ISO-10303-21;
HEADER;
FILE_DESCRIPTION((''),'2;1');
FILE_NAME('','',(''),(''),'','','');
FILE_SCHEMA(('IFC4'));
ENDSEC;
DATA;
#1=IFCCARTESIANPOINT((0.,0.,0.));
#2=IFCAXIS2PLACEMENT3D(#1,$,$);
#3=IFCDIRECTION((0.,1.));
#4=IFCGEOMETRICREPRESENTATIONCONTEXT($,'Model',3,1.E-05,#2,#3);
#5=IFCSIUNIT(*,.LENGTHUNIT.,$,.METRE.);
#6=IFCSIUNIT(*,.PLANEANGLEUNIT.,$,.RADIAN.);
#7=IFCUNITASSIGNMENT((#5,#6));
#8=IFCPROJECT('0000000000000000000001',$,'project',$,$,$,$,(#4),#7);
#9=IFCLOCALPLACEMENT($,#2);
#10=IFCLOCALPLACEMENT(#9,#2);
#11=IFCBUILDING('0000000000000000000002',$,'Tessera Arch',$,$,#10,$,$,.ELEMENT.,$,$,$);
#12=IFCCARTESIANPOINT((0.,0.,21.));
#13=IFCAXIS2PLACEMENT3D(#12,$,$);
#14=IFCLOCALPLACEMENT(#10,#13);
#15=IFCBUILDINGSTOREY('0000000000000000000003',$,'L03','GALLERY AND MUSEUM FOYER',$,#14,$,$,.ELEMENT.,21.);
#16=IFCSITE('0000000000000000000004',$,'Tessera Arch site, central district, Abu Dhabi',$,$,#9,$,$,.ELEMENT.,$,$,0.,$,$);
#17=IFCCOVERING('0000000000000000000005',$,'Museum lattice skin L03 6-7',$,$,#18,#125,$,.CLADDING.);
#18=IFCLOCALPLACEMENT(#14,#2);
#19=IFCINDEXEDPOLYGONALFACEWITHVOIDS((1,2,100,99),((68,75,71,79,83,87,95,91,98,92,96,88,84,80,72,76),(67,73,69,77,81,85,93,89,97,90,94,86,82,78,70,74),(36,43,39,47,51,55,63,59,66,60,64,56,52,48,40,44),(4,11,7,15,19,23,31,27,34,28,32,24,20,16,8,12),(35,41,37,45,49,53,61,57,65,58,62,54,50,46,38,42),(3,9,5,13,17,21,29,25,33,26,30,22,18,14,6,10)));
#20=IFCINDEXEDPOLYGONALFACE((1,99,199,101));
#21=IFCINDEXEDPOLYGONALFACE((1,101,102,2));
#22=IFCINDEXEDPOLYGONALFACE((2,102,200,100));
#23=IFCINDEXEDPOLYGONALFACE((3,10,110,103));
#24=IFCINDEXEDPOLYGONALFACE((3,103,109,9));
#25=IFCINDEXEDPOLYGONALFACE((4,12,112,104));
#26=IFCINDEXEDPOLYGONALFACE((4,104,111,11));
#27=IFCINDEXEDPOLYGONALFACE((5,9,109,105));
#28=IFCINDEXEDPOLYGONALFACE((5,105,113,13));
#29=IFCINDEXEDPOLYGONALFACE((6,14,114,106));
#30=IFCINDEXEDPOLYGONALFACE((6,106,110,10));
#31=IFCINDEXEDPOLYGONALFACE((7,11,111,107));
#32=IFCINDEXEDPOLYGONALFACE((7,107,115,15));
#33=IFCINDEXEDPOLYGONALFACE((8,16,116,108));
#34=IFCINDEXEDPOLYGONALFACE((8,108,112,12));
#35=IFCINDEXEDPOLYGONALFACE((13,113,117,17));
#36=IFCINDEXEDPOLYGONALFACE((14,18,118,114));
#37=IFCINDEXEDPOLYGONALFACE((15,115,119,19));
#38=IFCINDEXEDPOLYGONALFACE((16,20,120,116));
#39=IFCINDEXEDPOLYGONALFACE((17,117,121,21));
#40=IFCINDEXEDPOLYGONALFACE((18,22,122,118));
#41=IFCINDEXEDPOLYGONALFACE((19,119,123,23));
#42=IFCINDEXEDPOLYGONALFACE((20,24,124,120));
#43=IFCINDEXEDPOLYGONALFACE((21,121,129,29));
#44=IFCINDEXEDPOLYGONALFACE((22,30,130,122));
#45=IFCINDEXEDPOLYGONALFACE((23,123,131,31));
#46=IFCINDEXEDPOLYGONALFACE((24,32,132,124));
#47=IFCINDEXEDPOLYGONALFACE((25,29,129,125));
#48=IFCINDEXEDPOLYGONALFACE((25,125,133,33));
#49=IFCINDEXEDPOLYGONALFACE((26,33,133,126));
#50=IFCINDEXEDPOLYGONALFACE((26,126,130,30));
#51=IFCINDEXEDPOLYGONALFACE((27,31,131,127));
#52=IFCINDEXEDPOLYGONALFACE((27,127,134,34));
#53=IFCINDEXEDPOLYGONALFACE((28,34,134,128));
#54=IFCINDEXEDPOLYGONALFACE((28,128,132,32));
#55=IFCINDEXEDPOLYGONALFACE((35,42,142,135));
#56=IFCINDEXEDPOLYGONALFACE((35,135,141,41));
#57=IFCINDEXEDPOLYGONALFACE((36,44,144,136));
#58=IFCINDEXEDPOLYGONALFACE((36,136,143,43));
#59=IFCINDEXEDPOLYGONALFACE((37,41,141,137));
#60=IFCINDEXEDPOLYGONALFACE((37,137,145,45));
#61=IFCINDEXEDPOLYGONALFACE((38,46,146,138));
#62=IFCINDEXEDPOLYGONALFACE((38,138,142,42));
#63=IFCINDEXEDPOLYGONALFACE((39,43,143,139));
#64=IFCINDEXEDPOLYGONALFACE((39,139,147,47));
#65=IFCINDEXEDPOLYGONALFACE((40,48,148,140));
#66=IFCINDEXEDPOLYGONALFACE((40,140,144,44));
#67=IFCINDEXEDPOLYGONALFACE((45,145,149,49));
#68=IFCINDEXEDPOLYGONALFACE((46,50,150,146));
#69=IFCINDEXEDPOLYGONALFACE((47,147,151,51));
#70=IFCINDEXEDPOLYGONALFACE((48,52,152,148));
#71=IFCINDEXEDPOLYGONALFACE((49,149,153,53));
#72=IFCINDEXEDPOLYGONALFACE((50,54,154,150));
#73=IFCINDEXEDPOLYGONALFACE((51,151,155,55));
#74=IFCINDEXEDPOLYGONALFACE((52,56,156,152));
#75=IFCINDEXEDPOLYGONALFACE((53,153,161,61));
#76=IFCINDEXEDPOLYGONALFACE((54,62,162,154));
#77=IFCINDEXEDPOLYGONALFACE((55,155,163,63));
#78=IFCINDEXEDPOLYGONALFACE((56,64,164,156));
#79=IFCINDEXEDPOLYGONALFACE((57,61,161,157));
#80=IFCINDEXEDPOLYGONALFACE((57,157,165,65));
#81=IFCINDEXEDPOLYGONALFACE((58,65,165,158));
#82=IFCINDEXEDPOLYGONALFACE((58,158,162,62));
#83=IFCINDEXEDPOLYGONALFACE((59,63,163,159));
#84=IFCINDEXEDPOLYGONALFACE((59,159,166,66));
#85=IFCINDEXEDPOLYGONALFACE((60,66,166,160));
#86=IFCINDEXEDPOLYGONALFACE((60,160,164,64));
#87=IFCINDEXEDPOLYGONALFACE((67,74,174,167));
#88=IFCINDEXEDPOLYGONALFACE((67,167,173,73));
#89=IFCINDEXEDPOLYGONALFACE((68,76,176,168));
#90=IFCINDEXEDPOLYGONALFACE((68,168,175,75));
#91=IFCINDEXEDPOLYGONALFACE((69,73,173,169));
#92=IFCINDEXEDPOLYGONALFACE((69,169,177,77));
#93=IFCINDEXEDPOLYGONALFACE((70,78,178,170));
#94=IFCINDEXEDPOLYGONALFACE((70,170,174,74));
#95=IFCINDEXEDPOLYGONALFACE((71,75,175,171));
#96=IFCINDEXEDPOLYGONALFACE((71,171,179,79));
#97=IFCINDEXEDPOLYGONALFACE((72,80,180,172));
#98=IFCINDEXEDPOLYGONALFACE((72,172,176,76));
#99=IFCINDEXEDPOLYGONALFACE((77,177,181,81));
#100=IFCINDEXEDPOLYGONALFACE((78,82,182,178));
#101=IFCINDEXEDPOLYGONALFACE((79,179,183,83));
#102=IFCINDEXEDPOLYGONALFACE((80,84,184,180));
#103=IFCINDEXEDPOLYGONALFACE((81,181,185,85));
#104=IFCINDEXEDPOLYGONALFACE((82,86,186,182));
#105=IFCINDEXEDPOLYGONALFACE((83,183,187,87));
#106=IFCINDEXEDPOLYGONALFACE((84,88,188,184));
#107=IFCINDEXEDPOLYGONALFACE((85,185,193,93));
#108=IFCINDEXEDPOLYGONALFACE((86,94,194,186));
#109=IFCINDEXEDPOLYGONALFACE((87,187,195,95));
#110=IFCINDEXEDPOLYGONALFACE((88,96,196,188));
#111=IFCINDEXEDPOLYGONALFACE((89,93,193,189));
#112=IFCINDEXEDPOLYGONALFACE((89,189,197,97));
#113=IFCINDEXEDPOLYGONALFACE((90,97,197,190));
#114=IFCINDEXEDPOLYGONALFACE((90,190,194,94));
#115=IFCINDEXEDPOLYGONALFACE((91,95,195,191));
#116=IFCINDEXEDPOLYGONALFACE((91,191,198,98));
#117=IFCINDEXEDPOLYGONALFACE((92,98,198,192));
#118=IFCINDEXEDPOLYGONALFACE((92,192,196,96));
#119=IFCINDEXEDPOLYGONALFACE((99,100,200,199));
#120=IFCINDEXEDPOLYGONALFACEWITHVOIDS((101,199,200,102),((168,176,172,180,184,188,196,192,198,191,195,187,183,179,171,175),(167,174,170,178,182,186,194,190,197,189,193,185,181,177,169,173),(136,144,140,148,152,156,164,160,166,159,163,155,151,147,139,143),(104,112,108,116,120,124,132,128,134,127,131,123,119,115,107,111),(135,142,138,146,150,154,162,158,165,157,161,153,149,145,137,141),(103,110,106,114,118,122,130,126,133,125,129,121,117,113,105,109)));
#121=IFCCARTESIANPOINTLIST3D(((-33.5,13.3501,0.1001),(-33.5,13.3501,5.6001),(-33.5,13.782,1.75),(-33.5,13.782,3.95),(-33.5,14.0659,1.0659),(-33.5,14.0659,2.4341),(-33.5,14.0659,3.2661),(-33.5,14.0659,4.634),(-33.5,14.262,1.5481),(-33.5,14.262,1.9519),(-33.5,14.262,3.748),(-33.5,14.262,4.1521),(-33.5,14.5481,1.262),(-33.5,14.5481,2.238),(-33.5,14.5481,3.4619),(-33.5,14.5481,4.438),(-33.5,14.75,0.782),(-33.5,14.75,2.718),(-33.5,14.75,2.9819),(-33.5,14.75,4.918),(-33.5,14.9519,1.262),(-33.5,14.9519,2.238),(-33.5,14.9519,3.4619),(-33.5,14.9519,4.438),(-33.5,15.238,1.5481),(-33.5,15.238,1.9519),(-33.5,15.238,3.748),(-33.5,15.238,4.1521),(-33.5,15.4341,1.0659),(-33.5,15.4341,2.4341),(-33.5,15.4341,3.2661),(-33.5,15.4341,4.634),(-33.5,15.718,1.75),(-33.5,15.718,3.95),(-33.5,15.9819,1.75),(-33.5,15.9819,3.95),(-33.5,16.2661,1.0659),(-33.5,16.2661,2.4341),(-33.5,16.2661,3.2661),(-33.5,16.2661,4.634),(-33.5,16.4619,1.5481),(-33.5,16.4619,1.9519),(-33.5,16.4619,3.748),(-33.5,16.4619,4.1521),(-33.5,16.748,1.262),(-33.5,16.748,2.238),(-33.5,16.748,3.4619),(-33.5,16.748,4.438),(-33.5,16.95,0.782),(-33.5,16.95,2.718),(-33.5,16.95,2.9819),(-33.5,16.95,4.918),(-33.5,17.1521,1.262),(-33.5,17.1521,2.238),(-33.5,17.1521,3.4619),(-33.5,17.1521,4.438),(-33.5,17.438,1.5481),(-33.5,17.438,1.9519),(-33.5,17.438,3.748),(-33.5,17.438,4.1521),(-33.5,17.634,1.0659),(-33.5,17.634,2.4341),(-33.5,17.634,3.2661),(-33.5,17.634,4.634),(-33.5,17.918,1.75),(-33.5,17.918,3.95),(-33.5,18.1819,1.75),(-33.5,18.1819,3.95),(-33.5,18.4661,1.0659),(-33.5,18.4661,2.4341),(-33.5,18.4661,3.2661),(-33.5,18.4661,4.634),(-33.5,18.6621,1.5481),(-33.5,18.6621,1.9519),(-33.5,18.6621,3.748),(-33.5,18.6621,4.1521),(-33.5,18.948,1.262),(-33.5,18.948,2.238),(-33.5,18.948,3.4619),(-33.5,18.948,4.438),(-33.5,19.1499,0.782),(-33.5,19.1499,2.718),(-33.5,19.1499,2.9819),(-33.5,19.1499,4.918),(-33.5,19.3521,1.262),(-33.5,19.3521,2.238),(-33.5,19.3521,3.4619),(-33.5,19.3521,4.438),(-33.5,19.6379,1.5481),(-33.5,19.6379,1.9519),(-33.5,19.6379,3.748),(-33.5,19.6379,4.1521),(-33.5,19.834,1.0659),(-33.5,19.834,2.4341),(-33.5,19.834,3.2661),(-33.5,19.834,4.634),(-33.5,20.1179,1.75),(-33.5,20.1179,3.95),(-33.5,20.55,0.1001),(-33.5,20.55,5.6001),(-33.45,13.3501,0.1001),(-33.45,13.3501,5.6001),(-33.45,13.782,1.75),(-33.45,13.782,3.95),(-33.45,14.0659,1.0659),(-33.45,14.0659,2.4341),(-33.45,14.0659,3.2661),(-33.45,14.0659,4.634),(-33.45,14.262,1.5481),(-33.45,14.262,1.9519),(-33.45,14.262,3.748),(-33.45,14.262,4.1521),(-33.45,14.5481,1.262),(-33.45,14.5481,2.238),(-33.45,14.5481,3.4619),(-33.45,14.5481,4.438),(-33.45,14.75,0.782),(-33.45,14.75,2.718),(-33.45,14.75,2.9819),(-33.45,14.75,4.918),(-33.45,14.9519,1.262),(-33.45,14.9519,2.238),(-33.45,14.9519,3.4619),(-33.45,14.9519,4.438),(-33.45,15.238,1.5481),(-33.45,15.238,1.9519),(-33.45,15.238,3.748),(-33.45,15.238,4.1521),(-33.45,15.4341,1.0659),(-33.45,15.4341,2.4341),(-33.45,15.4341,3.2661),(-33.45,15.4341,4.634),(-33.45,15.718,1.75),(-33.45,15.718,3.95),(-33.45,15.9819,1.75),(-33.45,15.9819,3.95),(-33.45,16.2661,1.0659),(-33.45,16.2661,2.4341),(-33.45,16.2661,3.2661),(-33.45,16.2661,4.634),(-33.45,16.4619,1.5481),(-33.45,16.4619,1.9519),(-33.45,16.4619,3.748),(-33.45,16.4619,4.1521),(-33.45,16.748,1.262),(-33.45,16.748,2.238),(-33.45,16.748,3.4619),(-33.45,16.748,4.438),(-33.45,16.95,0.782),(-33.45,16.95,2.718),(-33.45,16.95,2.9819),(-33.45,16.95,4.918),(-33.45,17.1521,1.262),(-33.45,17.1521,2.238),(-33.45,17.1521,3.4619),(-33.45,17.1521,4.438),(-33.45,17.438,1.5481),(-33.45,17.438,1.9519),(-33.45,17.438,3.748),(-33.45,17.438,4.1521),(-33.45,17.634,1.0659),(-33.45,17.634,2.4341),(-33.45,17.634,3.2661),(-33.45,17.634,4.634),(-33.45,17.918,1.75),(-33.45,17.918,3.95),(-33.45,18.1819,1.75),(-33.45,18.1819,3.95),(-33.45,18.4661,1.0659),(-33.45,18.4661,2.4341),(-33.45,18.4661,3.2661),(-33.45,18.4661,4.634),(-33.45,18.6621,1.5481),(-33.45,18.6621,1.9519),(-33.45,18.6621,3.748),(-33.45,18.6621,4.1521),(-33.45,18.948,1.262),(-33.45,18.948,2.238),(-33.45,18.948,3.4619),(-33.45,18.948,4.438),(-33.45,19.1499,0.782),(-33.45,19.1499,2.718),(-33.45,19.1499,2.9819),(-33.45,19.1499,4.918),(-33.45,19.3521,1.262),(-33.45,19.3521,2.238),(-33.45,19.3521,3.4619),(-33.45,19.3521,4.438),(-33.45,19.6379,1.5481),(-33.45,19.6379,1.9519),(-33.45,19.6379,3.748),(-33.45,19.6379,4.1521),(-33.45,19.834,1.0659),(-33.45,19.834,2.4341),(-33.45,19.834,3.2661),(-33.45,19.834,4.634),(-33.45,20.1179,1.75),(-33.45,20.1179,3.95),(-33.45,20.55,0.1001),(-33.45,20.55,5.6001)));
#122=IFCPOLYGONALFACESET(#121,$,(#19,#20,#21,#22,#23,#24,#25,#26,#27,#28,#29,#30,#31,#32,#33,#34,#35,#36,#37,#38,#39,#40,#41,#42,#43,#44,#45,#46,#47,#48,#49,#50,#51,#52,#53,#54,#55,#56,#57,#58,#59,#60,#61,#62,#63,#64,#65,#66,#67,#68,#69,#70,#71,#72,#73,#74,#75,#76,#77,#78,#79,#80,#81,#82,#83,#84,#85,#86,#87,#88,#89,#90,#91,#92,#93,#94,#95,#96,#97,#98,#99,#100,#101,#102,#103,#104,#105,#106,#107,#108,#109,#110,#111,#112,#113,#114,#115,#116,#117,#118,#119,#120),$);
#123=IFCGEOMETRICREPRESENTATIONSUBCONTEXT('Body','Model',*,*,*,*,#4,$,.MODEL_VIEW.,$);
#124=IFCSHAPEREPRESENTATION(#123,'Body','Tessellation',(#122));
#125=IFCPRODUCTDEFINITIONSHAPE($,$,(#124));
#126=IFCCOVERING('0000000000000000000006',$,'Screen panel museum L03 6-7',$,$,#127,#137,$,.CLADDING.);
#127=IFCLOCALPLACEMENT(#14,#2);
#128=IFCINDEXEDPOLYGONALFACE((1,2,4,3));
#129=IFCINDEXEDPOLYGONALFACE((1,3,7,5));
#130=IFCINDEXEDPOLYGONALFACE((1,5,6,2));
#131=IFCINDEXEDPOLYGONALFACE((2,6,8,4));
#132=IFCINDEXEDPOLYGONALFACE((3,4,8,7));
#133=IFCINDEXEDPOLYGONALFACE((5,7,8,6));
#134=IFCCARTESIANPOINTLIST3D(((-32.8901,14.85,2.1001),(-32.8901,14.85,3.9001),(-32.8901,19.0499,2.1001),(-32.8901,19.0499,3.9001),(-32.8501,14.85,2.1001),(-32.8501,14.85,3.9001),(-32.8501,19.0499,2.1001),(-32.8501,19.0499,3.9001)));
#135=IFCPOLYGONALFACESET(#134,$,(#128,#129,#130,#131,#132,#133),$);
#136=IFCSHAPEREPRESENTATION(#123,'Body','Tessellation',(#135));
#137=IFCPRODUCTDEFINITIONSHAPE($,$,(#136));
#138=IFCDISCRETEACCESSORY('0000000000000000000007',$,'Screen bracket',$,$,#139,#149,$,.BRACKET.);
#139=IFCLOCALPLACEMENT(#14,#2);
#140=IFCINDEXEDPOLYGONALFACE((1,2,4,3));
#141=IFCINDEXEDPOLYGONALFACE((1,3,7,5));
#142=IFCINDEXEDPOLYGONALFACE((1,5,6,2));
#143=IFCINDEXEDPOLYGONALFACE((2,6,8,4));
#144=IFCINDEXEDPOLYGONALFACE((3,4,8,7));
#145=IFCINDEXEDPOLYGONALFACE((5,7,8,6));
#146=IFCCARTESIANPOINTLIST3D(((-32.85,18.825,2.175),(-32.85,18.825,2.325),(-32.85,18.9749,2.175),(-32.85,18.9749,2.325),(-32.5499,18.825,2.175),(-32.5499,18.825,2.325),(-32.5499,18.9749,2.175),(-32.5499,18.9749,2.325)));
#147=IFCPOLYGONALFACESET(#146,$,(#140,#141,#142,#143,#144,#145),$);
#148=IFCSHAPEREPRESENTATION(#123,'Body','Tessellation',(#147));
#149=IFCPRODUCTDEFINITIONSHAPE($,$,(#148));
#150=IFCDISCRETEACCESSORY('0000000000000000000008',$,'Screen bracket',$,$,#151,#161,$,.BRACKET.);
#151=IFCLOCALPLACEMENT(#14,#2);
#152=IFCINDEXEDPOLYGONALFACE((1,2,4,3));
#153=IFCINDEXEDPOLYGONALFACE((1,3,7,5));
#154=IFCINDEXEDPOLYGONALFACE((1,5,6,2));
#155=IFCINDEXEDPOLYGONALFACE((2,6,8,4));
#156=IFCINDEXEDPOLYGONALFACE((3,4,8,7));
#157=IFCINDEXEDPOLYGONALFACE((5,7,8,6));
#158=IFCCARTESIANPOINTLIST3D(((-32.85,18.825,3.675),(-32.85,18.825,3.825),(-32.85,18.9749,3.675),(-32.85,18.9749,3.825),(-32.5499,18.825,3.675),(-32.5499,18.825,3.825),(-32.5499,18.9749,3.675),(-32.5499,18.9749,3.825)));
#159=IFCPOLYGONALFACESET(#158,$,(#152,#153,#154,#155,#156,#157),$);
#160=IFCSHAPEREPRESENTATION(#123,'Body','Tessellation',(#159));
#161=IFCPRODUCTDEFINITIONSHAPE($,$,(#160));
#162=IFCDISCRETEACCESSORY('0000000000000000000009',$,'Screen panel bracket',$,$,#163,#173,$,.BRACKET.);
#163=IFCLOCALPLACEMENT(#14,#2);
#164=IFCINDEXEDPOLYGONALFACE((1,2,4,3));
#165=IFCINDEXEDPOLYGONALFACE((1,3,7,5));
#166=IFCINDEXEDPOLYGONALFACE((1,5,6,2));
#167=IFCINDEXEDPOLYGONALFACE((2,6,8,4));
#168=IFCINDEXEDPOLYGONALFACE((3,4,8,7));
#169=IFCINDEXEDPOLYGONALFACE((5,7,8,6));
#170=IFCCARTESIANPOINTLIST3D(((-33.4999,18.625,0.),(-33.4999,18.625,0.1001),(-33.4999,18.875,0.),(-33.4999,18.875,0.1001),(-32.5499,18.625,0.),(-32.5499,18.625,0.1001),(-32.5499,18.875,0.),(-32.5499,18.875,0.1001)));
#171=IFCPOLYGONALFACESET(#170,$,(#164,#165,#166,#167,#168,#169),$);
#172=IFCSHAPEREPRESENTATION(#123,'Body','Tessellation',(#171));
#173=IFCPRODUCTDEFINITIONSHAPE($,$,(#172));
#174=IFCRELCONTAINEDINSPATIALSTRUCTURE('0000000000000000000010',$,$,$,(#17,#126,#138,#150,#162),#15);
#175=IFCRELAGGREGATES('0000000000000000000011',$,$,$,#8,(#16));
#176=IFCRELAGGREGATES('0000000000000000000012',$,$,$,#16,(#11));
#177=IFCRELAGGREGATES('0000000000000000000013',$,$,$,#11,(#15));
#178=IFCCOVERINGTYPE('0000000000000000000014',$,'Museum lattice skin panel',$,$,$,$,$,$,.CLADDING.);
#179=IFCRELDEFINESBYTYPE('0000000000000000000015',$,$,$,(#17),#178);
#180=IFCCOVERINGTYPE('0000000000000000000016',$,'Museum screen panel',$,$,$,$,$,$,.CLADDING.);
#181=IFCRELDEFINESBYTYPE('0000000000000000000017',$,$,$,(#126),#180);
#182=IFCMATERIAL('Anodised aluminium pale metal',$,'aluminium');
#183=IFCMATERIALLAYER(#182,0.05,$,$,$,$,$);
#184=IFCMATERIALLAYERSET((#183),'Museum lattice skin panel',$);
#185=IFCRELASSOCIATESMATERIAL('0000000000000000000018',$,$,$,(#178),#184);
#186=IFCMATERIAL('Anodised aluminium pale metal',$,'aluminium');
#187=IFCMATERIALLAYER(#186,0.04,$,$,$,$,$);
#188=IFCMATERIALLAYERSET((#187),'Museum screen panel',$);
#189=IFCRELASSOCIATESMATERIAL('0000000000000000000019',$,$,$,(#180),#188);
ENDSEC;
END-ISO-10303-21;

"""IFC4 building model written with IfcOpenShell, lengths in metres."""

from ifc_helpers import new_model, si_unit, direction, frame, origin, origin_2d, place, context, subcontext, project, spatial, polyline, rectangle, outline, extrude, material, layer, layer_set, type_object, element, save


model = new_model("IFC4")

# Units and contexts
model_context = context("Model", 3, precision=1e-05, world=origin(), true_north=direction((0.0, 1.0)))
body_context = subcontext(model_context, "Body", "Model", "MODEL_VIEW")
ifc_project = project(units=[si_unit("LENGTHUNIT", "METRE"), si_unit("PLANEANGLEUNIT", "RADIAN")], contexts=[model_context])

# Site, building, storey
site_placement = place(None, origin())
site = spatial("IfcSite", under=ifc_project, at=site_placement, Name="Tessera Arch site, central district, Abu Dhabi", CompositionType="ELEMENT", RefElevation=0.0)
building_placement = place(site_placement, origin())
building = spatial("IfcBuilding", under=site, at=building_placement, Name="Tessera Arch", CompositionType="ELEMENT")
storey_placement = place(building_placement, frame((0.0, 0.0, 21.0)))
storey = spatial("IfcBuildingStorey", under=building, at=storey_placement, Name="L03", Description="GALLERY AND MUSEUM FOYER", CompositionType="ELEMENT", Elevation=21.0)

# Coverings
ifc_material_1 = material(Name="Anodised aluminium pale metal", Category="aluminium")
ifc_layer_1 = layer(ifc_material_1, 0.05)
ifc_layer_set_1 = layer_set([ifc_layer_1], Name="Museum lattice skin panel")
covering_type_1 = type_object("IfcCoveringType", Name="Museum lattice skin panel", PredefinedType="CLADDING", material=ifc_layer_set_1)
covering_1_placement = place(storey_placement, frame((-33.45, 20.55, 5.6001), z_axis=(1.0, 0.0, 0.0), x_axis=(0.0, -1.0, 0.0)))
element("IfcCovering", 1, at=covering_1_placement, inside=storey, type_object=covering_type_1, Name="Museum lattice skin L03 6-7", PredefinedType="CLADDING", context=body_context, shape_type="SweptSolid", body=[
    extrude(outline(polyline([(0.0, 0.0), (7.2, 0.0), (7.2, 5.5), (0.0, 5.5), (0.0, 0.0)]), holes=[polyline([(2.3682, 3.8501), (1.8879, 3.6482), (2.084, 3.166), (1.6021, 3.3621), (1.4001, 2.8821), (1.198, 3.3621), (0.7161, 3.166), (0.9121, 3.6482), (0.4321, 3.8501), (0.9121, 4.052), (0.7161, 4.5342), (1.198, 4.3381), (1.4001, 4.8181), (1.6021, 4.3381), (2.084, 4.5342), (1.8879, 4.052), (2.3682, 3.8501)]), polyline([(2.3682, 1.6501), (1.8879, 1.448), (2.084, 0.9661), (1.6021, 1.1621), (1.4001, 0.6821), (1.198, 1.1621), (0.7161, 0.9661), (0.9121, 1.448), (0.4321, 1.6501), (0.9121, 1.8521), (0.7161, 2.334), (1.198, 2.1382), (1.4001, 2.6182), (1.6021, 2.1382), (2.084, 2.334), (1.8879, 1.8521), (2.3682, 1.6501)]), polyline([(4.5681, 3.8501), (4.0881, 3.6482), (4.2839, 3.166), (3.802, 3.3621), (3.6001, 2.8821), (3.3979, 3.3621), (2.916, 3.166), (3.1121, 3.6482), (2.6321, 3.8501), (3.1121, 4.052), (2.916, 4.5342), (3.3979, 4.3381), (3.6001, 4.8181), (3.802, 4.3381), (4.2839, 4.5342), (4.0881, 4.052), (4.5681, 3.8501)]), polyline([(4.5681, 1.6501), (4.0881, 1.448), (4.2839, 0.9661), (3.802, 1.1621), (3.6001, 0.6821), (3.3979, 1.1621), (2.916, 0.9661), (3.1121, 1.448), (2.6321, 1.6501), (3.1121, 1.8521), (2.916, 2.334), (3.3979, 2.1382), (3.6001, 2.6182), (3.802, 2.1382), (4.2839, 2.334), (4.0881, 1.8521), (4.5681, 1.6501)]), polyline([(6.7681, 3.8501), (6.2881, 3.6482), (6.4841, 3.166), (6.002, 3.3621), (5.8, 2.8821), (5.5981, 3.3621), (5.116, 3.166), (5.312, 3.6482), (4.832, 3.8501), (5.312, 4.052), (5.116, 4.5342), (5.5981, 4.3381), (5.8, 4.8181), (6.002, 4.3381), (6.4841, 4.5342), (6.2881, 4.052), (6.7681, 3.8501)]), polyline([(6.7681, 1.6501), (6.2881, 1.448), (6.4841, 0.9661), (6.002, 1.1621), (5.8, 0.6821), (5.5981, 1.1621), (5.116, 0.9661), (5.312, 1.448), (4.832, 1.6501), (5.312, 1.8521), (5.116, 2.334), (5.5981, 2.1382), (5.8, 2.6182), (6.002, 2.1382), (6.4841, 2.334), (6.2881, 1.8521), (6.7681, 1.6501)])]), origin(), (0.0, 0.0, -1.0), 0.05),
])
ifc_material_2 = material(Name="Anodised aluminium pale metal", Category="aluminium")
ifc_layer_2 = layer(ifc_material_2, 0.04)
ifc_layer_set_2 = layer_set([ifc_layer_2], Name="Museum screen panel")
covering_type_2 = type_object("IfcCoveringType", Name="Museum screen panel", PredefinedType="CLADDING", material=ifc_layer_set_2)
covering_2_placement = place(storey_placement, frame((-32.8701, 16.95, 2.1001), z_axis=(0.0, 0.0, 1.0), x_axis=(0.0, -1.0, 0.0)))
element("IfcCovering", 2, at=covering_2_placement, inside=storey, type_object=covering_type_2, Name="Screen panel museum L03 6-7", PredefinedType="CLADDING", context=body_context, shape_type="SweptSolid", body=[
    extrude(rectangle(XDim=4.2, YDim=0.04, at=origin_2d()), origin(), (0.0, 0.0, 1.0), 1.8),
])

# Discrete accessories
for number, where, z_axis, x_axis, name in (
    (3, (-32.7, 18.8999, 2.175), (0.0, 0.0, 1.0), (-1.0, 0.0, 0.0), "Screen bracket"),
    (4, (-32.7, 18.8999, 3.675), (0.0, 0.0, 1.0), (-1.0, 0.0, 0.0), "Screen bracket"),
):
    element("IfcDiscreteAccessory", number, at=place(storey_placement, frame(where, z_axis=z_axis, x_axis=x_axis)), inside=storey, Name=name, PredefinedType="BRACKET", context=body_context, shape_type="SweptSolid", body=[
        extrude(rectangle(XDim=0.3, YDim=0.1499, at=origin_2d()), origin(), (0.0, 0.0, 1.0), 0.1499),
    ])
discrete_accessory_placement = place(storey_placement, frame((-33.0249, 18.75, 0.0), z_axis=(0.0, 0.0, 1.0), x_axis=(-1.0, 0.0, 0.0)))
element("IfcDiscreteAccessory", 5, at=discrete_accessory_placement, inside=storey, Name="Screen panel bracket", PredefinedType="BRACKET", context=body_context, shape_type="SweptSolid", body=[
    extrude(rectangle(XDim=0.95, YDim=0.25, at=origin_2d()), origin(), (0.0, 0.0, 1.0), 0.1001),
])

save(model, "model.ifc")
